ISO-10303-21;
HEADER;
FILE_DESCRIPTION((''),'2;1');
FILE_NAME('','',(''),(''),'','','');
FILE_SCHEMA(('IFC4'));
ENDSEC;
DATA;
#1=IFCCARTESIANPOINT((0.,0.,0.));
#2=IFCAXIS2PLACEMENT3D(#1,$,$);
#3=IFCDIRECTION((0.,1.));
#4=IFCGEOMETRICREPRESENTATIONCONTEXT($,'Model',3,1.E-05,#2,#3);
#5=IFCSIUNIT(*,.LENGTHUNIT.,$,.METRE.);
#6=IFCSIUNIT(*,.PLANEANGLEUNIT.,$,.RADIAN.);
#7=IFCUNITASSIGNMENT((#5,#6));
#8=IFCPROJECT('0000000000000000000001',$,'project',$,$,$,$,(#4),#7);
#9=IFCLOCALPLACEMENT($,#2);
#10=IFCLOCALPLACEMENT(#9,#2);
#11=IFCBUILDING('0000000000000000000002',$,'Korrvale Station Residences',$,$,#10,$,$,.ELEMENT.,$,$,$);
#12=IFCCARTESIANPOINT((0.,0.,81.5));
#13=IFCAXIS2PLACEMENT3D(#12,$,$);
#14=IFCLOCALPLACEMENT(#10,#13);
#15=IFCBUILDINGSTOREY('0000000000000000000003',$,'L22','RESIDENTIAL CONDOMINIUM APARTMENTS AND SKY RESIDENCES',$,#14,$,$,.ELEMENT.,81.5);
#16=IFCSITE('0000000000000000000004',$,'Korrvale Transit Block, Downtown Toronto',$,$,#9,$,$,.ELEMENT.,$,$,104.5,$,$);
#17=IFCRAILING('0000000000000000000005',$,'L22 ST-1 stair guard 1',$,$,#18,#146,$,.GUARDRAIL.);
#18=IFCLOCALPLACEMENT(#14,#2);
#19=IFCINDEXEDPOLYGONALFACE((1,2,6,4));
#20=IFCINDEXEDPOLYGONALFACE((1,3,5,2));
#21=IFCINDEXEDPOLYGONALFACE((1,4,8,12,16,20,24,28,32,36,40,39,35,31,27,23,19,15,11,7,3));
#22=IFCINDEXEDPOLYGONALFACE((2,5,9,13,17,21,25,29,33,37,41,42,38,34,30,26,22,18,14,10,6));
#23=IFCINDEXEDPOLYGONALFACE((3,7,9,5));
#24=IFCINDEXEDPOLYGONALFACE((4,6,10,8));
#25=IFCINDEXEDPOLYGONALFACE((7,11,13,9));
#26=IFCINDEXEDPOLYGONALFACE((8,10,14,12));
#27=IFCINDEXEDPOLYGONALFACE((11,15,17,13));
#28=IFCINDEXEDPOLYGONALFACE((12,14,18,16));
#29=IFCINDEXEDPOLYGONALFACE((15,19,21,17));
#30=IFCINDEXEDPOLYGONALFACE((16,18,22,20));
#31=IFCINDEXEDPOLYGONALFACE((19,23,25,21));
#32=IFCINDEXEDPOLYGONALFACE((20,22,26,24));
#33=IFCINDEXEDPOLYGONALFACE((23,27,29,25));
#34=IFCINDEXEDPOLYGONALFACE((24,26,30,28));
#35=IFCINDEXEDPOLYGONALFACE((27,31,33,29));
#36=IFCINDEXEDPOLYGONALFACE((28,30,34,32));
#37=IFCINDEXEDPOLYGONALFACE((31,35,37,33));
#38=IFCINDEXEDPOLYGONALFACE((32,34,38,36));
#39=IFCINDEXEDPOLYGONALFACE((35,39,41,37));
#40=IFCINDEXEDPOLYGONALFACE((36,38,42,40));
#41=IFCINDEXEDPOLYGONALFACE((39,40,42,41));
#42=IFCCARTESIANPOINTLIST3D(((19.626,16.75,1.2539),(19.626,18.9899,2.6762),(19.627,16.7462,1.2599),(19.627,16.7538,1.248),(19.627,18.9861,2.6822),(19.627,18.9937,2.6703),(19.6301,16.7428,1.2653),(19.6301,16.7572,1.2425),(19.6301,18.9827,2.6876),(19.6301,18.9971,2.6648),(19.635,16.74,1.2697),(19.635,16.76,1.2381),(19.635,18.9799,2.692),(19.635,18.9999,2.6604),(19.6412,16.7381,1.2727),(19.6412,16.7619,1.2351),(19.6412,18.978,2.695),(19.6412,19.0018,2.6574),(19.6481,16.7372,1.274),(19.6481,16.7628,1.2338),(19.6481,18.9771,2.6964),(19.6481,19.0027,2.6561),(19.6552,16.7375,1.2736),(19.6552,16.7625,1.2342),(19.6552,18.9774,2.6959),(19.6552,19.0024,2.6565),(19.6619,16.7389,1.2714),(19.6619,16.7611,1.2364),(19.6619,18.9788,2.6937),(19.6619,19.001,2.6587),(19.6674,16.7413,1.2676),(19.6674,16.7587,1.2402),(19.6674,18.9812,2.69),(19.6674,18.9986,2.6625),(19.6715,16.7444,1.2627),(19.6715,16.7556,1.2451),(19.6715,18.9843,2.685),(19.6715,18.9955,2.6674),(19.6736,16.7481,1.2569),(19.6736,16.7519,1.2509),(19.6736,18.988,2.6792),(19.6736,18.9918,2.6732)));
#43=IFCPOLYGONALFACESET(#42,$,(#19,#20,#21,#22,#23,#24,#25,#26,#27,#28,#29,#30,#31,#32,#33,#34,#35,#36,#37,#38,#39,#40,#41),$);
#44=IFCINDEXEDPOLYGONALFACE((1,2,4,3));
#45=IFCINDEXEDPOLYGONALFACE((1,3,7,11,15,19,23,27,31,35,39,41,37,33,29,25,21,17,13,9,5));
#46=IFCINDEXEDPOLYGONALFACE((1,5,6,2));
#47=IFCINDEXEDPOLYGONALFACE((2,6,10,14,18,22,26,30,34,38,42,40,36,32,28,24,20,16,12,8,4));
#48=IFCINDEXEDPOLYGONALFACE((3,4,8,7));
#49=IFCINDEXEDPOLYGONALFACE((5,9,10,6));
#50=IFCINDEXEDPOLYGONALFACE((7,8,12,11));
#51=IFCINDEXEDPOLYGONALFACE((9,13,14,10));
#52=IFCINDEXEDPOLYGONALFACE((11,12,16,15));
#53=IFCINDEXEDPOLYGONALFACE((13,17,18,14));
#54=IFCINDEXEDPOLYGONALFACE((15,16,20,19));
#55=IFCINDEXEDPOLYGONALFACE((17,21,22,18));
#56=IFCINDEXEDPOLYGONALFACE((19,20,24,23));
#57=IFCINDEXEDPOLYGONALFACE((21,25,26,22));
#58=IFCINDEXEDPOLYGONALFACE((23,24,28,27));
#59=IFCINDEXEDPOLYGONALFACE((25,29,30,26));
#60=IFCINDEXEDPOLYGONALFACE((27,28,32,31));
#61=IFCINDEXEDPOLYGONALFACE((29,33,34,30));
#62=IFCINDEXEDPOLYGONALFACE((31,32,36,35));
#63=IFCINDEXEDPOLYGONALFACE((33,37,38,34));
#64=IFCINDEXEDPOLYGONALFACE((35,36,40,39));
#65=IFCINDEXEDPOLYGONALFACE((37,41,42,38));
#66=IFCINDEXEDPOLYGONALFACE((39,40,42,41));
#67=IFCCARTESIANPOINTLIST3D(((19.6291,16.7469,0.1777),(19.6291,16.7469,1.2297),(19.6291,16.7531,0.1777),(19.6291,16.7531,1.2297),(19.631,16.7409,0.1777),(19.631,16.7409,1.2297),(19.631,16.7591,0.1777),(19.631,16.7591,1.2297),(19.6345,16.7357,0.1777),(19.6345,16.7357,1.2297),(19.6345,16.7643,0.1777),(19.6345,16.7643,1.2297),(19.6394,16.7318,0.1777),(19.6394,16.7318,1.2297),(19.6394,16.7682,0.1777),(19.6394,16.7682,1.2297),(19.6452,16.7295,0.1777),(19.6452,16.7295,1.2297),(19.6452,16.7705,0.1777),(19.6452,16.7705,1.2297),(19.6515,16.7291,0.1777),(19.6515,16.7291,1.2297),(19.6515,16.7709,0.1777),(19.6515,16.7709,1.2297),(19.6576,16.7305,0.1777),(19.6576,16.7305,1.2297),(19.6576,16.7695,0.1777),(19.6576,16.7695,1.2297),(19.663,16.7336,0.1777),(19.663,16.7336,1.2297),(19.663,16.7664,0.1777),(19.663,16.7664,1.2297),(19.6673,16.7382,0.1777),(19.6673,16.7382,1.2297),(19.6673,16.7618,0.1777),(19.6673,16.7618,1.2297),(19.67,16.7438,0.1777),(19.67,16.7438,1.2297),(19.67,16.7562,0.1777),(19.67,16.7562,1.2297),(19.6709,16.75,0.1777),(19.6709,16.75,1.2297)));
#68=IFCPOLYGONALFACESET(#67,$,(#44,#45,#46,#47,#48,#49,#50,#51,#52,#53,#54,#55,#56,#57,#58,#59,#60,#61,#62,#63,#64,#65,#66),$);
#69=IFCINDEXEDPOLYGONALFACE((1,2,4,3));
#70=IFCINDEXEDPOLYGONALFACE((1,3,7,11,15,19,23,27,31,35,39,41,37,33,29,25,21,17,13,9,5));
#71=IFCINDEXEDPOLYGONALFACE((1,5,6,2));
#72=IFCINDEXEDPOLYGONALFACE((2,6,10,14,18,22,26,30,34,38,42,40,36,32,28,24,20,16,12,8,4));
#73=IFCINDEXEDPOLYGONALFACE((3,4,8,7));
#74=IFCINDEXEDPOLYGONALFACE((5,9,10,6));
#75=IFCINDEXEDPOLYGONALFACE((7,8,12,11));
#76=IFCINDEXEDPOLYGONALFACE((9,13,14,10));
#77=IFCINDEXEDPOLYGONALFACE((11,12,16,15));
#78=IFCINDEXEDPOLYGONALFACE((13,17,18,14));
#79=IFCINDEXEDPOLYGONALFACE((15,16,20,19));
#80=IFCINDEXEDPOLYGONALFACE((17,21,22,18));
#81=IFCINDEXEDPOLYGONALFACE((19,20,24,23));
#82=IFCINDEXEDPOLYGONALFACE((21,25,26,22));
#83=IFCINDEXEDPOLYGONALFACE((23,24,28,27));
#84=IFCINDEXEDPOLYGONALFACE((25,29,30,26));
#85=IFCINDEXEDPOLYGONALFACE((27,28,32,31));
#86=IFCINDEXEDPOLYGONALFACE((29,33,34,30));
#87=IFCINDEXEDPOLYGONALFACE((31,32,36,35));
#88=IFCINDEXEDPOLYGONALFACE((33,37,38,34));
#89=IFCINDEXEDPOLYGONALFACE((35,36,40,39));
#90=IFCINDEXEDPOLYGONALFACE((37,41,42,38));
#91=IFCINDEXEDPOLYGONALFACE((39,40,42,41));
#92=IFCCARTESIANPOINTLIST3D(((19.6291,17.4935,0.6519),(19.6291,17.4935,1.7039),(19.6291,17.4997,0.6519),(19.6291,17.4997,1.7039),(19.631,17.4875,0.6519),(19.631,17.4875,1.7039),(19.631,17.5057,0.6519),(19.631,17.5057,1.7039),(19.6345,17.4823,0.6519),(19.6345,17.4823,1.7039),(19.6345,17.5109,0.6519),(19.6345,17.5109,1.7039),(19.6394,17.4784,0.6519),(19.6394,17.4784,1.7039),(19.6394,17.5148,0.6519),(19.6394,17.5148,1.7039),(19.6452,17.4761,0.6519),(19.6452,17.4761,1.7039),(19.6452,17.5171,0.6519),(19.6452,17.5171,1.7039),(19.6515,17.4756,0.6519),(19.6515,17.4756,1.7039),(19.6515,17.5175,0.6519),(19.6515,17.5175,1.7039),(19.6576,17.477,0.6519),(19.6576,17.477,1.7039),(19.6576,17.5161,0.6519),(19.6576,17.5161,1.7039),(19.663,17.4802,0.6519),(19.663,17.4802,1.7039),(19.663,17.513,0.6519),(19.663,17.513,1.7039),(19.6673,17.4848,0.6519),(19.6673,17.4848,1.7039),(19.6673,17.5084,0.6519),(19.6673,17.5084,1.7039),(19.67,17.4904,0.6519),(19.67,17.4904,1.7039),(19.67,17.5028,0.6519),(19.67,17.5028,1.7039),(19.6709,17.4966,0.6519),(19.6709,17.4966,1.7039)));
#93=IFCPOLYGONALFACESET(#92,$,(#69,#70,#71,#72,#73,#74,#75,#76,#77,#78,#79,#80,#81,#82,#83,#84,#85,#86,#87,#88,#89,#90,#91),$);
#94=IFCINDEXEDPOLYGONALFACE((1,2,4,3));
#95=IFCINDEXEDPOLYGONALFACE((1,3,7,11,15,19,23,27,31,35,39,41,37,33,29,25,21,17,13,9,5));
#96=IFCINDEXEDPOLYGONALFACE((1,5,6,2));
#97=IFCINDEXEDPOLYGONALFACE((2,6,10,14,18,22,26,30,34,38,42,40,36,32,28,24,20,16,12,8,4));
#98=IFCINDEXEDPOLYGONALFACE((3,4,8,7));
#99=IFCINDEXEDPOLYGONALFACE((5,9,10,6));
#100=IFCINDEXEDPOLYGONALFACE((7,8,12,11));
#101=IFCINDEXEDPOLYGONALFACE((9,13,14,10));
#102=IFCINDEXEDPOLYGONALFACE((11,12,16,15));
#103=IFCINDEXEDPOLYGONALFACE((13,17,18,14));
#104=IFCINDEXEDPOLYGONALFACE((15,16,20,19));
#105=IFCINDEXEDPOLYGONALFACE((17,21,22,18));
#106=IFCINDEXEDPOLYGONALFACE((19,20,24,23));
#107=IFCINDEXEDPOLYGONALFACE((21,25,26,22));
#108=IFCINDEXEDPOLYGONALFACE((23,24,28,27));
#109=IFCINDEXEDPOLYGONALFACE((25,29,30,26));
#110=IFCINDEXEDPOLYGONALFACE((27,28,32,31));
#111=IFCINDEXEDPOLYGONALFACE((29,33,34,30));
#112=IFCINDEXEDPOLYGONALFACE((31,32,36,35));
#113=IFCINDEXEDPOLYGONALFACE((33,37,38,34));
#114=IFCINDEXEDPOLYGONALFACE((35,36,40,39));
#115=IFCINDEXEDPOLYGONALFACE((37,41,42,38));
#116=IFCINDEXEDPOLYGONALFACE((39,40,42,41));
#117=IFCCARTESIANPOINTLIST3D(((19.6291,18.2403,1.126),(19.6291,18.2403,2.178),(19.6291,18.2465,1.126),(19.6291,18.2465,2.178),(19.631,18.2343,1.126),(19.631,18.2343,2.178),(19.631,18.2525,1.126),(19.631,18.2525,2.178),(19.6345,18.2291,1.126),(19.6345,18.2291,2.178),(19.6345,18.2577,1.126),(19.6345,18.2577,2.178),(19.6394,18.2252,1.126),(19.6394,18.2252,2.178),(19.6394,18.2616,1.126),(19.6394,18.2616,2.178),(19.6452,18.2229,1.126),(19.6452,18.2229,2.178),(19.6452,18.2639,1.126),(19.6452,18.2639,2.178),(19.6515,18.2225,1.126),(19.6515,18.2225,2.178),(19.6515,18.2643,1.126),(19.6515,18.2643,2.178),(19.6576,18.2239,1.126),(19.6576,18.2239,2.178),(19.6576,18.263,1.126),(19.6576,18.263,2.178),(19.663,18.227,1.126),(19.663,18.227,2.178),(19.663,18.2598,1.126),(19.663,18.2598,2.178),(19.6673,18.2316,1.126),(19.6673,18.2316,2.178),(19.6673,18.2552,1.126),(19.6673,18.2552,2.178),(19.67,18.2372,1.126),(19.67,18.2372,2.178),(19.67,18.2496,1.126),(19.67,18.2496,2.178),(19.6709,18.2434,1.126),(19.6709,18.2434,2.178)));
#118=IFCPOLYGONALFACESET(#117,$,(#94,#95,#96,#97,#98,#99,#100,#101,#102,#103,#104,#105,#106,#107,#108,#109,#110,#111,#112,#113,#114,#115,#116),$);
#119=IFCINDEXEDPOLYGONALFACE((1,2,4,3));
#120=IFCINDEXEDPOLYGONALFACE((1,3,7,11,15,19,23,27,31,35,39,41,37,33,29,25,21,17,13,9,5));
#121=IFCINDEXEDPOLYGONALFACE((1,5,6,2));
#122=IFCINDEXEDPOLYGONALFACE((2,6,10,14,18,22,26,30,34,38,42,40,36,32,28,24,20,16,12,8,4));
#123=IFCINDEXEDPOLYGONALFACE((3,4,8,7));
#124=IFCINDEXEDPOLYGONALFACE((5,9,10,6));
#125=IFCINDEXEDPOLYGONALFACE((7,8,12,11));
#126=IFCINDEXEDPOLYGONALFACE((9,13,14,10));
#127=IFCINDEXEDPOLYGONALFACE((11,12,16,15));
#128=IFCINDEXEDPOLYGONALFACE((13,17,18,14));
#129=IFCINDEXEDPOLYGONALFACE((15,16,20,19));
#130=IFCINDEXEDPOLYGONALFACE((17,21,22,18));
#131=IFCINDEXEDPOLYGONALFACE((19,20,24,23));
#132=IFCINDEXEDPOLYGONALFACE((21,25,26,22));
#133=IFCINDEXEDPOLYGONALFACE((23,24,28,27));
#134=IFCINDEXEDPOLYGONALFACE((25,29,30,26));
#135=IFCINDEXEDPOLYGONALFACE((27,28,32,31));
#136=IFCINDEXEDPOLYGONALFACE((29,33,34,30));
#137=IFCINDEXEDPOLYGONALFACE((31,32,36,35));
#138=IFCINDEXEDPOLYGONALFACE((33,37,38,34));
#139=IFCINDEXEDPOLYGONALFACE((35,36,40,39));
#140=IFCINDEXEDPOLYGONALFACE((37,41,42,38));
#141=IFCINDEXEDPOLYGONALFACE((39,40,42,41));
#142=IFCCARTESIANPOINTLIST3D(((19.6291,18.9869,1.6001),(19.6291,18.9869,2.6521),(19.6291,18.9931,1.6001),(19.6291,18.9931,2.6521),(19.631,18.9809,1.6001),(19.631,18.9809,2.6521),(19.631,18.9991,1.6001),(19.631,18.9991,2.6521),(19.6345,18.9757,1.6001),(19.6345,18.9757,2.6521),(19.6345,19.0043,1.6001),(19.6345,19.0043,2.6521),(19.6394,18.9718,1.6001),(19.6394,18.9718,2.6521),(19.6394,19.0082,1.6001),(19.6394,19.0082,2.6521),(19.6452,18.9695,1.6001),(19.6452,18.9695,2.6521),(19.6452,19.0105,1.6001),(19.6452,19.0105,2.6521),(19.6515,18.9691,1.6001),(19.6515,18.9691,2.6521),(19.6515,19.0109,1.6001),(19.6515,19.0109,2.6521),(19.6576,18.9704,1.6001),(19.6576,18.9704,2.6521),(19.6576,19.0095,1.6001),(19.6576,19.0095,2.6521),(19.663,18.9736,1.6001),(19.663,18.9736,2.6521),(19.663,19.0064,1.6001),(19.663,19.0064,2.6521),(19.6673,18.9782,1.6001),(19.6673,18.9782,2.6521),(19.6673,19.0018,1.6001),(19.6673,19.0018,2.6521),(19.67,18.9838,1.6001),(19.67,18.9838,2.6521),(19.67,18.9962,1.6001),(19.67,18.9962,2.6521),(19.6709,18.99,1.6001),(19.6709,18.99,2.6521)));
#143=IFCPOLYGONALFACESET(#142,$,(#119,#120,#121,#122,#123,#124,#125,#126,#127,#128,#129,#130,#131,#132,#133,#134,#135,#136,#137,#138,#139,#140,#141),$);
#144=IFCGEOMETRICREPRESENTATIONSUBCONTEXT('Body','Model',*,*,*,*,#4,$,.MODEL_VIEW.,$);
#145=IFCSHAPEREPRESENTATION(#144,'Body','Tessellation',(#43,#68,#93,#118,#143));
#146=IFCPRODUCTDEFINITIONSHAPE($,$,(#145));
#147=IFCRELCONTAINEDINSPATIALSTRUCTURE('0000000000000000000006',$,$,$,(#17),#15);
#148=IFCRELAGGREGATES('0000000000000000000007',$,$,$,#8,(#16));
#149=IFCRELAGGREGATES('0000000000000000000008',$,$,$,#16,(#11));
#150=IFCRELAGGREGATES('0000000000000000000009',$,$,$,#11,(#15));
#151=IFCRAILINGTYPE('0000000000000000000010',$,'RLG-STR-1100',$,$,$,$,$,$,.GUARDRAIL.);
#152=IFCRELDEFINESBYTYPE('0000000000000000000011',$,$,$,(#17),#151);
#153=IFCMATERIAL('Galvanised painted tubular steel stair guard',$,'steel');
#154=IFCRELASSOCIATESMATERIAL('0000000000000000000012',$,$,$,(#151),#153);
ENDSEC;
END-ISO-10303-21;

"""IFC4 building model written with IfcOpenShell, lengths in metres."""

from ifc_helpers import new_model, si_unit, direction, frame, origin, origin_2d, place, context, subcontext, project, spatial, circle, extrude, material, type_object, element, save


model = new_model("IFC4")

# Units and contexts
model_context = context("Model", 3, precision=1e-05, world=origin(), true_north=direction((0.0, 1.0)))
body_context = subcontext(model_context, "Body", "Model", "MODEL_VIEW")
ifc_project = project(units=[si_unit("LENGTHUNIT", "METRE"), si_unit("PLANEANGLEUNIT", "RADIAN")], contexts=[model_context])

# Site, building, storey
site_placement = place(None, origin())
site = spatial("IfcSite", under=ifc_project, at=site_placement, Name="Korrvale Transit Block, Downtown Toronto", CompositionType="ELEMENT", RefElevation=104.5)
building_placement = place(site_placement, origin())
building = spatial("IfcBuilding", under=site, at=building_placement, Name="Korrvale Station Residences", CompositionType="ELEMENT")
storey_placement = place(building_placement, frame((0.0, 0.0, 81.5)))
storey = spatial("IfcBuildingStorey", under=building, at=storey_placement, Name="L22", Description="RESIDENTIAL CONDOMINIUM APARTMENTS AND SKY RESIDENCES", CompositionType="ELEMENT", Elevation=81.5)

# Railing
ifc_material_1 = material(Name="Galvanised painted tubular steel stair guard", Category="steel")
railing_type_1 = type_object("IfcRailingType", Name="RLG-STR-1100", PredefinedType="GUARDRAIL", material=ifc_material_1)
railing_1_placement = place(storey_placement, frame((19.6499, 16.75, 0.1777)))
element("IfcRailing", 1, at=railing_1_placement, inside=storey, type_object=railing_type_1, Name="L22 ST-1 stair guard 1", PredefinedType="GUARDRAIL", context=body_context, shape_type="SweptSolid", body=[
    extrude(circle(Radius=0.0239, at=origin_2d()), frame((0.0, 0.0, 1.0762), z_axis=(0.0, 0.844188, 0.536048), x_axis=(-1.0, 0.0, 0.0)), (0.0, 0.0, 1.0), 2.6533),
    extrude(circle(Radius=0.021, at=origin_2d()), origin(), (0.0, 0.0, 1.0), 1.052),
    extrude(circle(Radius=0.021, at=origin_2d()), frame((0.0, 0.7466, 0.4741)), (0.0, 0.0, 1.0), 1.052),
    extrude(circle(Radius=0.021, at=origin_2d()), frame((0.0, 1.4934, 0.9482)), (0.0, 0.0, 1.0), 1.052),
    extrude(circle(Radius=0.021, at=origin_2d()), frame((0.0, 2.24, 1.4224)), (0.0, 0.0, 1.0), 1.052),
])

save(model, "model.ifc")
